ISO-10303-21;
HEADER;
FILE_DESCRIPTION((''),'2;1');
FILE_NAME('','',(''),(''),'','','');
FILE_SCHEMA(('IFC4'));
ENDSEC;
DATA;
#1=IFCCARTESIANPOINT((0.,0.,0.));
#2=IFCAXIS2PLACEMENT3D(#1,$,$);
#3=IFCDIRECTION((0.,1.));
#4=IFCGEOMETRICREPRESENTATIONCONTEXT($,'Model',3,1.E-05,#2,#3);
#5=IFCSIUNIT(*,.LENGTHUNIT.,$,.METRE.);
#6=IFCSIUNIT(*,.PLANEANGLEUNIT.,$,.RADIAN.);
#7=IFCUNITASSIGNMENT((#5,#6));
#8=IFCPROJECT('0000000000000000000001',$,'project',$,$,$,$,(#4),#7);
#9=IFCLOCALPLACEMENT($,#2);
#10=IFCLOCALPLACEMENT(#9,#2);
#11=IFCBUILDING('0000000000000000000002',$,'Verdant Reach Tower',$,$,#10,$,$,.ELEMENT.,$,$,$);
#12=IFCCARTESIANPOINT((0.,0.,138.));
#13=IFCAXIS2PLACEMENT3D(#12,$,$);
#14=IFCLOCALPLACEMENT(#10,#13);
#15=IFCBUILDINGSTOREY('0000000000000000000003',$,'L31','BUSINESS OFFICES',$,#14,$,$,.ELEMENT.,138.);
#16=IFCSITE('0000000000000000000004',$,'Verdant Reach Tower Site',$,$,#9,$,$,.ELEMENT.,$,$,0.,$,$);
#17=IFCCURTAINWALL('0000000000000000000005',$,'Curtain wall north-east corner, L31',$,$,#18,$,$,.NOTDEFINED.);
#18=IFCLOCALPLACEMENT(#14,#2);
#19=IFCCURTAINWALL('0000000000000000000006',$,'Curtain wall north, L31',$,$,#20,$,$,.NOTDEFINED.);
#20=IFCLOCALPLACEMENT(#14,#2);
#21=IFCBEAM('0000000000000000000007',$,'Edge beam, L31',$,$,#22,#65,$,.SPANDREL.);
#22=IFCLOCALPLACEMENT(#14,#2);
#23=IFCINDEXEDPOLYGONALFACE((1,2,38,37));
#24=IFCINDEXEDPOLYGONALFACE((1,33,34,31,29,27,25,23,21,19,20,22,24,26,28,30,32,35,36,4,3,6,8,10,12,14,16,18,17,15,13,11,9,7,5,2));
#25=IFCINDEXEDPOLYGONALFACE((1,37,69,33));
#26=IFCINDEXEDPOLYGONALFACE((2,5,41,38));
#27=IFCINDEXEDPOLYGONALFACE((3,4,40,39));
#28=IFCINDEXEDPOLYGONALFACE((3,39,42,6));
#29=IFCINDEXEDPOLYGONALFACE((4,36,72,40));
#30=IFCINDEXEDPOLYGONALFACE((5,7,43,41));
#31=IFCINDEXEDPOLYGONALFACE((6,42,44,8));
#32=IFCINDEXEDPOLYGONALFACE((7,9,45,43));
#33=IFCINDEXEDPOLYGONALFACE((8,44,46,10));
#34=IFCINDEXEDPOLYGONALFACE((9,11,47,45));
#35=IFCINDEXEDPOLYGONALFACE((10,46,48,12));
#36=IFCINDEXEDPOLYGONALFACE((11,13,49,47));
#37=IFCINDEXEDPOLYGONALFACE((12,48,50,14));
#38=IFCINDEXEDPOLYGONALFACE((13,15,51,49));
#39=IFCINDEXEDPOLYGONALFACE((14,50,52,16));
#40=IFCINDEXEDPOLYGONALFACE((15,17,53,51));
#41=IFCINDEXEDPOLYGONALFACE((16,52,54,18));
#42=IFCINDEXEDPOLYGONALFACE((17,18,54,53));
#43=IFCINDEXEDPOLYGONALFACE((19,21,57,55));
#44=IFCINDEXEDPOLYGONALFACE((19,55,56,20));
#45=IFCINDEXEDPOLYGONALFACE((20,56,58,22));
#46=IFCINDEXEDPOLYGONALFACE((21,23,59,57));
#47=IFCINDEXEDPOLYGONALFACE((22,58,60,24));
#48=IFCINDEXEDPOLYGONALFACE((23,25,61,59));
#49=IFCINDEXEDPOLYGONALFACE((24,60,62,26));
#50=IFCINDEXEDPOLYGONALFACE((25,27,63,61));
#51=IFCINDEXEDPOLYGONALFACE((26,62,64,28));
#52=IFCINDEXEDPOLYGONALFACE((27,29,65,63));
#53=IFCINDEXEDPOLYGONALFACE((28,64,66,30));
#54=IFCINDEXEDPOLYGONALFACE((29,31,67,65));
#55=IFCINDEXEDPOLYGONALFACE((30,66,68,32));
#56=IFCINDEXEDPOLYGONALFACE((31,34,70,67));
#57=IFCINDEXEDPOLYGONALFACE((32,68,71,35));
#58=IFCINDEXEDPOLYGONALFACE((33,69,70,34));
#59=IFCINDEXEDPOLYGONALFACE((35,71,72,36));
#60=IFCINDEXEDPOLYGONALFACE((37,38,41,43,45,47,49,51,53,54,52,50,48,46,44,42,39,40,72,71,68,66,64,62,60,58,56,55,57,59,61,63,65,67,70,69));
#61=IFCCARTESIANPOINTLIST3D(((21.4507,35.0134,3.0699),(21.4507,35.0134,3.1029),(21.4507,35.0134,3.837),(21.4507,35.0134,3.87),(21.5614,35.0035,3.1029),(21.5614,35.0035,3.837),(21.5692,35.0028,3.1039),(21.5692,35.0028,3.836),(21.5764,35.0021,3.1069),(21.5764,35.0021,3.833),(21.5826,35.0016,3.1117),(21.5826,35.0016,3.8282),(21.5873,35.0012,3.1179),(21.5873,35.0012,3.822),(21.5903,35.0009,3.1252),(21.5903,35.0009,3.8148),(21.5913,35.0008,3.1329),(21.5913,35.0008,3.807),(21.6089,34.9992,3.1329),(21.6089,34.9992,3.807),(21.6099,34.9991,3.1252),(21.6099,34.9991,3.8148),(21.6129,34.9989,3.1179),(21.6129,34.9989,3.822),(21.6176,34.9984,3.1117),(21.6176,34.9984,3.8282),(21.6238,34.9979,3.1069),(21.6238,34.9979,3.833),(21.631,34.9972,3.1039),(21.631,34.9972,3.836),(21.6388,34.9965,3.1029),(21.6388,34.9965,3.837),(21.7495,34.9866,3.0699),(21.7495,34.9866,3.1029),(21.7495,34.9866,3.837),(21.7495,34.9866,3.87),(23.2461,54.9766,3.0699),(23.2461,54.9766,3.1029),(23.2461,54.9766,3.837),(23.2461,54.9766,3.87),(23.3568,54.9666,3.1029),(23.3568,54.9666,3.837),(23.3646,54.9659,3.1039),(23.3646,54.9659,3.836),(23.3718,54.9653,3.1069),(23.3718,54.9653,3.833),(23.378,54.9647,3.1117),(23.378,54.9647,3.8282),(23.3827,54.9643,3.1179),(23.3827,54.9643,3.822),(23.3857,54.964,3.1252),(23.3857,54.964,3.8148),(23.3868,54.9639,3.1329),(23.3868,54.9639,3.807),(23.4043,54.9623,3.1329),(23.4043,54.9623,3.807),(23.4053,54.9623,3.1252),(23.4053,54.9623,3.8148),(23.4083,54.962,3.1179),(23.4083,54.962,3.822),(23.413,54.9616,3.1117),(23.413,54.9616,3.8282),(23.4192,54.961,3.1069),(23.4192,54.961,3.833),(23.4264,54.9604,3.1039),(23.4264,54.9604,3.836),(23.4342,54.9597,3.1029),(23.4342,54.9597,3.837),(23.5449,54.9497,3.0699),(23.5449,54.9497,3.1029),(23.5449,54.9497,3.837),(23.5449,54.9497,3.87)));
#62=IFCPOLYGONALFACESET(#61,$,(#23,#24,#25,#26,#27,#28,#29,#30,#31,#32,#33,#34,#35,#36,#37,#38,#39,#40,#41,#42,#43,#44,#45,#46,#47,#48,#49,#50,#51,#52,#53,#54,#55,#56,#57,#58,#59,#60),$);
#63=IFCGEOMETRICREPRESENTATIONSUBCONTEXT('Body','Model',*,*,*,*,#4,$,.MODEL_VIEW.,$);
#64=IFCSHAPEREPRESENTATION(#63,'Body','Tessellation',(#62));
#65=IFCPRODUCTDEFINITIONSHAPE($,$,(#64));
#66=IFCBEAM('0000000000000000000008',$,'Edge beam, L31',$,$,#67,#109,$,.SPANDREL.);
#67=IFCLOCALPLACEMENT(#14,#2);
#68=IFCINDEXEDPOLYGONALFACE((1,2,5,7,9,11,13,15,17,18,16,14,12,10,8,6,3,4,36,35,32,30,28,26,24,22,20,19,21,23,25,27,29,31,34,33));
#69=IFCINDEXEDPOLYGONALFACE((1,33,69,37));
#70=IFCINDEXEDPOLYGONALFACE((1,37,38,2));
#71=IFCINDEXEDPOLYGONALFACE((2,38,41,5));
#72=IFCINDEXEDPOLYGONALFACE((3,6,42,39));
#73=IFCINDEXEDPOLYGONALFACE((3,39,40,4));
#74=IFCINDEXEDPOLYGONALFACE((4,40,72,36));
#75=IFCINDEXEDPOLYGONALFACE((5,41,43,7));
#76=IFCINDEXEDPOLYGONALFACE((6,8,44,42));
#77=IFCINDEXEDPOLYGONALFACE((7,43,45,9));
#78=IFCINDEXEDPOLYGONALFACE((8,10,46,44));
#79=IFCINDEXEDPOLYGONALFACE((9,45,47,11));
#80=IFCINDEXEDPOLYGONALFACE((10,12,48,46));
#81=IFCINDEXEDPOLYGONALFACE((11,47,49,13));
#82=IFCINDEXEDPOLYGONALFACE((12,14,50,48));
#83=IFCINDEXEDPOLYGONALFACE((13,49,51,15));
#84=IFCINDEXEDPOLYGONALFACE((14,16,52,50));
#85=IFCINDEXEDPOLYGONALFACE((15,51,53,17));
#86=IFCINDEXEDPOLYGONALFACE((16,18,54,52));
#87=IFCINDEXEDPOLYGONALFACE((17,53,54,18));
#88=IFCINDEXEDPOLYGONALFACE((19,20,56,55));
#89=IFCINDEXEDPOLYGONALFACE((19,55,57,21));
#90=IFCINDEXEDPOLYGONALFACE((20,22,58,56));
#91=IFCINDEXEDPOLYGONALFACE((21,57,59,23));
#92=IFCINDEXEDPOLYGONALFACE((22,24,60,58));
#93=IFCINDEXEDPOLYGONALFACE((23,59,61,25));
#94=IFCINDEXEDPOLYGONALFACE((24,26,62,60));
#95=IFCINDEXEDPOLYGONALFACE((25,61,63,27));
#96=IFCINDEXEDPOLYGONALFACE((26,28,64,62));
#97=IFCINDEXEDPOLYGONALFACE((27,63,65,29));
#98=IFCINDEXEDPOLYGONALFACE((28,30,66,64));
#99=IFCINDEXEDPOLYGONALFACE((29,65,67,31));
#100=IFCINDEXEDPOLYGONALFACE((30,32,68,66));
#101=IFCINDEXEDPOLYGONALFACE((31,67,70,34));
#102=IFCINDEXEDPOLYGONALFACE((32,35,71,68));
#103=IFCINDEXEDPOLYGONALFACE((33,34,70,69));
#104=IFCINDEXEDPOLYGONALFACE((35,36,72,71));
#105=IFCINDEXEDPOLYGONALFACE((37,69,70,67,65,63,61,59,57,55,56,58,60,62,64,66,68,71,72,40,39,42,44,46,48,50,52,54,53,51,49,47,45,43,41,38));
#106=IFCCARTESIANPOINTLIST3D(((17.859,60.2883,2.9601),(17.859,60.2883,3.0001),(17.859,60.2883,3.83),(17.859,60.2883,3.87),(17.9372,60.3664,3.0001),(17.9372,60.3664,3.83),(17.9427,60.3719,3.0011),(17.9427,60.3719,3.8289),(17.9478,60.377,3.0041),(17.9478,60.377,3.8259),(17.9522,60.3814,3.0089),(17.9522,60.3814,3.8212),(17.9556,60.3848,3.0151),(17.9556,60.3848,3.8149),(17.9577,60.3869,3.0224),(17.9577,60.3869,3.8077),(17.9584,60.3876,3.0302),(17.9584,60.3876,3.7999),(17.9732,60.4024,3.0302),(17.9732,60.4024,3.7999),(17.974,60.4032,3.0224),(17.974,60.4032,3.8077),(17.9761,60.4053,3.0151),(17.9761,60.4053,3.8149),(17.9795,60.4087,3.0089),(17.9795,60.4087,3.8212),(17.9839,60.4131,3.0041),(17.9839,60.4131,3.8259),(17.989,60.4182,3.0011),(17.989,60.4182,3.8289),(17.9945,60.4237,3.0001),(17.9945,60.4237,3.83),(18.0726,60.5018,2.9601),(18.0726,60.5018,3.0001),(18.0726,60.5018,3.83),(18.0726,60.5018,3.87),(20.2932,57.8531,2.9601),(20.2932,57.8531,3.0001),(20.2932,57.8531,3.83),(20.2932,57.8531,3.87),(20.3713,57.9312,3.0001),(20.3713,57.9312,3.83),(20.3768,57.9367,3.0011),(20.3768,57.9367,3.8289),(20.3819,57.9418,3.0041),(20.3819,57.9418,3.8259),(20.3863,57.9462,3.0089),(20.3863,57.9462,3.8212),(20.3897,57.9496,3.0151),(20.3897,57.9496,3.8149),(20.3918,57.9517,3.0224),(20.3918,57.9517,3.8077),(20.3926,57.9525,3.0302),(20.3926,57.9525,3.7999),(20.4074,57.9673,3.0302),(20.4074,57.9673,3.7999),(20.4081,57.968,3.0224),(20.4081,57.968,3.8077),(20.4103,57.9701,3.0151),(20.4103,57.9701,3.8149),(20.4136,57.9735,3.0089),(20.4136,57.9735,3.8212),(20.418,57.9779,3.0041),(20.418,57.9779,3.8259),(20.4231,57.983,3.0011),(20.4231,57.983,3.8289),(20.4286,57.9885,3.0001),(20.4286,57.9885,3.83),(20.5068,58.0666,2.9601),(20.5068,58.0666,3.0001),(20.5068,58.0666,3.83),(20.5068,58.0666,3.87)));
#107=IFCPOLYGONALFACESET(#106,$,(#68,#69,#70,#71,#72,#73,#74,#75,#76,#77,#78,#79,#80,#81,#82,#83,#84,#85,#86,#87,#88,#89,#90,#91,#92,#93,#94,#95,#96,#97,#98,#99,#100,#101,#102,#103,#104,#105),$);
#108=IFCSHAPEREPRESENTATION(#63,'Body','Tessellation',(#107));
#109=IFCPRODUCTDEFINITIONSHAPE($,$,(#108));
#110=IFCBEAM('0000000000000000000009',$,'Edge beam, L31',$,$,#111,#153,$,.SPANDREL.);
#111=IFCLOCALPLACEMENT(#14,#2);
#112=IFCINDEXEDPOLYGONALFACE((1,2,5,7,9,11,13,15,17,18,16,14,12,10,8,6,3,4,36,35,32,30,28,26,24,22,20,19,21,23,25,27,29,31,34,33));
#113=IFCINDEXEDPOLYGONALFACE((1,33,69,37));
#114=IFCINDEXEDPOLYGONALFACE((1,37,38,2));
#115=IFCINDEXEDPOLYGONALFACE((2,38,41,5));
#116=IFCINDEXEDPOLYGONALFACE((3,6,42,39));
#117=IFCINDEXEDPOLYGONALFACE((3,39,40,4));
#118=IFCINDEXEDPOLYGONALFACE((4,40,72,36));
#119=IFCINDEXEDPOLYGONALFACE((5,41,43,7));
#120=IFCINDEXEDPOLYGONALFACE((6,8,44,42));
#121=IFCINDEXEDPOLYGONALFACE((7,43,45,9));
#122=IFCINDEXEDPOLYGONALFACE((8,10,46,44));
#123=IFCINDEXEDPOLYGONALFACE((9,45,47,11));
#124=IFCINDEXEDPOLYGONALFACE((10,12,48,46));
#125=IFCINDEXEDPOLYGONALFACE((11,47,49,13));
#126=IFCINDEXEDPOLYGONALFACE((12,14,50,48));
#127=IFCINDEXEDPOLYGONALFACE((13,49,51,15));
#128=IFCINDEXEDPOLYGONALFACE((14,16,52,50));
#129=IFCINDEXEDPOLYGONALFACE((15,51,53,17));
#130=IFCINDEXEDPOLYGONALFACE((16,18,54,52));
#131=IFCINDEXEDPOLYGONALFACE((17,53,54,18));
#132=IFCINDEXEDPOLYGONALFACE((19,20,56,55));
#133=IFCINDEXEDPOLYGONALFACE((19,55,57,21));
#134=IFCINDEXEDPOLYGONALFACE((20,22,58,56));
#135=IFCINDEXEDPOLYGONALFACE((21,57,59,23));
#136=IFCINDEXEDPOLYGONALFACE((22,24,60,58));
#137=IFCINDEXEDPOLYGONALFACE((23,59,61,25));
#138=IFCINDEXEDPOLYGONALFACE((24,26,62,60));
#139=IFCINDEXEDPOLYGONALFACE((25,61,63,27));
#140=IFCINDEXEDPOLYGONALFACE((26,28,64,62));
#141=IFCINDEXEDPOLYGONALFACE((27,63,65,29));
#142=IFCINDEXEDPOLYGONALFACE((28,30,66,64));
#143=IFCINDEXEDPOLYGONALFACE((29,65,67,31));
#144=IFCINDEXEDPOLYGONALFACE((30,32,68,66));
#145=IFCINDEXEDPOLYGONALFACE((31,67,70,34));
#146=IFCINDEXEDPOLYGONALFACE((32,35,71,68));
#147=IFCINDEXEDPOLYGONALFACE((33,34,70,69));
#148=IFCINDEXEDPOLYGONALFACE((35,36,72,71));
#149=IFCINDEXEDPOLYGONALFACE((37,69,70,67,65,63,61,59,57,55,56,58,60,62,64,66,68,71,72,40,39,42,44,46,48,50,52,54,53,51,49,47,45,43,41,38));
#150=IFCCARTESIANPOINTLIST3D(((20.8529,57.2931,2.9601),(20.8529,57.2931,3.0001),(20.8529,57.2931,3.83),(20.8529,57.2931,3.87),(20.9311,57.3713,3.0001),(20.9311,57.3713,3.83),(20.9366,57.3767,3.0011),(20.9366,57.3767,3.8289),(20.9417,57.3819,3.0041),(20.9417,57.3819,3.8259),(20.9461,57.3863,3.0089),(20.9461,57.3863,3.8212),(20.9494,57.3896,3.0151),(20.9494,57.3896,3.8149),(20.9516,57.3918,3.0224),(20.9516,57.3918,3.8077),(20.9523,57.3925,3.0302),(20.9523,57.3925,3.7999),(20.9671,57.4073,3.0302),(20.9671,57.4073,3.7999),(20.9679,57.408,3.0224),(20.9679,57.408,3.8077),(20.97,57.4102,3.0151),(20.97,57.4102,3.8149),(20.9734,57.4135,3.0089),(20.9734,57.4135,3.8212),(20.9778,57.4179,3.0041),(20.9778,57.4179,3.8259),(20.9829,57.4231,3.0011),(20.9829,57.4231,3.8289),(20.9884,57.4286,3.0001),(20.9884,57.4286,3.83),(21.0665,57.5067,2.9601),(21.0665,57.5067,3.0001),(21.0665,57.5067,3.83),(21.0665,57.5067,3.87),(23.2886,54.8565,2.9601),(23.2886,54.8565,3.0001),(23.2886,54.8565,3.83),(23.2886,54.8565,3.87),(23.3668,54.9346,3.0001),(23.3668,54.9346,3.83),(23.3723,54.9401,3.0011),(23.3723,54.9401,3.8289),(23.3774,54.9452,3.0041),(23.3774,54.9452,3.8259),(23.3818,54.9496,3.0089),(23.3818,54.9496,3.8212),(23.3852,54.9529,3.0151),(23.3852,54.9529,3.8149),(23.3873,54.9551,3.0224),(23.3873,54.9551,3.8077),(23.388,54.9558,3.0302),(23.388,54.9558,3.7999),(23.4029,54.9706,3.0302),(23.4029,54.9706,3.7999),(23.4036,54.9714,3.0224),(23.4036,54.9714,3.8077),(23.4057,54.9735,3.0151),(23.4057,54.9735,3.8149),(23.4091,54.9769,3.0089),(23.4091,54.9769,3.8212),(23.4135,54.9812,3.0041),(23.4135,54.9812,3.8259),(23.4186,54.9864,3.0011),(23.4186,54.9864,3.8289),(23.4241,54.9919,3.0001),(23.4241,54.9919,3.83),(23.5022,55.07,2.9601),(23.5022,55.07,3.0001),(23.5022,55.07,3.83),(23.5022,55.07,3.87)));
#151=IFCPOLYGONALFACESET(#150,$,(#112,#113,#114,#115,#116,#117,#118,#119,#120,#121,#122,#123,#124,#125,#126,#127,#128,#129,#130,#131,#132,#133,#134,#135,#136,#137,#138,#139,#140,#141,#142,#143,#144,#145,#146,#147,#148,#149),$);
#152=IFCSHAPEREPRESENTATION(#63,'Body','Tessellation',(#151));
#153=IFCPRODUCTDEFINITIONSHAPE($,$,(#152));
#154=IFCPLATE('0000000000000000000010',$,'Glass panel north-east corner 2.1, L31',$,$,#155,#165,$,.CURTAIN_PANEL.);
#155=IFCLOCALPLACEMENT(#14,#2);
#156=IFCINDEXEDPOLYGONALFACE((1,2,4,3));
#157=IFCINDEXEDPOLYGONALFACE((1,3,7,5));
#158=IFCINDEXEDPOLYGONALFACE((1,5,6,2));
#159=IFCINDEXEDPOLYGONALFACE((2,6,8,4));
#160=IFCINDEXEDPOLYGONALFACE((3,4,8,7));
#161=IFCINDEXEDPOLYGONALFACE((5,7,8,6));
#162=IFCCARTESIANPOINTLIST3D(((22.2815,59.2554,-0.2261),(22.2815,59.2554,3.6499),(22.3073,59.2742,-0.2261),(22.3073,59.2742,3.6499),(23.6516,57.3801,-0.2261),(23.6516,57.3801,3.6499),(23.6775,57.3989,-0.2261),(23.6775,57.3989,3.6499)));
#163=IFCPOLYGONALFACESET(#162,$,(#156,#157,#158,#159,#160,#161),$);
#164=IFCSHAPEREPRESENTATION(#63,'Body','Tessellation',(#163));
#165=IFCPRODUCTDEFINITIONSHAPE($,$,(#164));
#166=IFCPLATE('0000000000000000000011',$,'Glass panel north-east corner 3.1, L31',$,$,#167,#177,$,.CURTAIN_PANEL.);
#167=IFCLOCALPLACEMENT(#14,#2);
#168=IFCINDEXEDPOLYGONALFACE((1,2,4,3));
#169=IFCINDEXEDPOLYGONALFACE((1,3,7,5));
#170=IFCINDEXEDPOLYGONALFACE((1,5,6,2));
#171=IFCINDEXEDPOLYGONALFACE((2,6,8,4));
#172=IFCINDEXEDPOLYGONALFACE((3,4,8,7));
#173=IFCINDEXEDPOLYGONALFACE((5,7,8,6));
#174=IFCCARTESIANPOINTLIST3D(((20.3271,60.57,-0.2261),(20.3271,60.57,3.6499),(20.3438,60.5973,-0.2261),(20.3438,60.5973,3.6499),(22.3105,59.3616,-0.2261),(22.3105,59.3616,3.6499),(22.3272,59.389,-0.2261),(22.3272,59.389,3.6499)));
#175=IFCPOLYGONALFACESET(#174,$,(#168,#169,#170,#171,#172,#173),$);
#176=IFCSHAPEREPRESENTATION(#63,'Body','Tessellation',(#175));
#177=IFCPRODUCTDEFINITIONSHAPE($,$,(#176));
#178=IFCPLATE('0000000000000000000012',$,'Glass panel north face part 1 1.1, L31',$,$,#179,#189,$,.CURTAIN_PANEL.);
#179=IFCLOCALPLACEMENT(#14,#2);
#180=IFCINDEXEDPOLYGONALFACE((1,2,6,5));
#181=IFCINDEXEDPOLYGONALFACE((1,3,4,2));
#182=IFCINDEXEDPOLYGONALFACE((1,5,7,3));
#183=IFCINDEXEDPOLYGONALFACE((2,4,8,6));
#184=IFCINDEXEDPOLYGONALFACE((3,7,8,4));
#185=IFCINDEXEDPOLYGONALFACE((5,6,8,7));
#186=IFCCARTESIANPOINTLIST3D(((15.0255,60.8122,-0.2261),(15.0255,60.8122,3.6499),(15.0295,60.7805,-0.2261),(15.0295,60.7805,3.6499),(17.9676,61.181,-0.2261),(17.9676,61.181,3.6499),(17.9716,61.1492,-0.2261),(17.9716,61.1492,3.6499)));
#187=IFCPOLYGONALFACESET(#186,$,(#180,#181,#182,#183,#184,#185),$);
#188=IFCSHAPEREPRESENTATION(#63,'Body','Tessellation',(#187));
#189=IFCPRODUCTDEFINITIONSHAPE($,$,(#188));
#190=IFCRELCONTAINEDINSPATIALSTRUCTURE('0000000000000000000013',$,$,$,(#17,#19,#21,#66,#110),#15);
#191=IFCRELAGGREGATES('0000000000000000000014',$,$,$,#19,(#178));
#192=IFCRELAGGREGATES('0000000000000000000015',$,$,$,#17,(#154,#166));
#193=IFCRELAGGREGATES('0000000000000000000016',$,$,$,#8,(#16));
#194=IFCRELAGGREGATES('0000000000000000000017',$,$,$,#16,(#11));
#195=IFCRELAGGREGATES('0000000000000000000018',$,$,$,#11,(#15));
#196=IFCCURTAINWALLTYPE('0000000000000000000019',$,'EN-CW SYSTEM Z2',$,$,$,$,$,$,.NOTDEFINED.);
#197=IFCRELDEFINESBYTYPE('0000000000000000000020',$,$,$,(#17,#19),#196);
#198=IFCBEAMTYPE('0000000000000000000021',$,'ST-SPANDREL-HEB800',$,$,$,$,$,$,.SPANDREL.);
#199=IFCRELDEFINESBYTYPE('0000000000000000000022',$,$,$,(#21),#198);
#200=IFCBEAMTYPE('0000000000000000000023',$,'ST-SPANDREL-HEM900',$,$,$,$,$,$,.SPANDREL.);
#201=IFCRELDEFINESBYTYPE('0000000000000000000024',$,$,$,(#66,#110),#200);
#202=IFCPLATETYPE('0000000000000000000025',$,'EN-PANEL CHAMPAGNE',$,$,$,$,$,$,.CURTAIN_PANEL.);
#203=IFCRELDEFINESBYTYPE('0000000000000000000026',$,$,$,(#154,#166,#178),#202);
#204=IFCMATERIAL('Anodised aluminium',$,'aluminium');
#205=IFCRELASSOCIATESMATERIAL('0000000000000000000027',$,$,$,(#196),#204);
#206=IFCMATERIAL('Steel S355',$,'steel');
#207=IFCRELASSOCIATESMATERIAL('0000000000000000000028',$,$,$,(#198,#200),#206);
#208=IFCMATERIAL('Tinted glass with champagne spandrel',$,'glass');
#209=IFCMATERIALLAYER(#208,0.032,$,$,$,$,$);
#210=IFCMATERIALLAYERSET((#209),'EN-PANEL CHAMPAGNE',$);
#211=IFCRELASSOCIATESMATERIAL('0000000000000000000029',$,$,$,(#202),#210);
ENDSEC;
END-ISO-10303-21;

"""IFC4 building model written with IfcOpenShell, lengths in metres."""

from ifc_helpers import new_model, si_unit, direction, frame, origin, origin_2d, place, context, subcontext, project, spatial, rectangle, i_section, extrude, material, layer, layer_set, material_profile, profile_set, type_object, element, aggregate, save


model = new_model("IFC4")

# Units and contexts
model_context = context("Model", 3, precision=1e-05, world=origin(), true_north=direction((0.0, 1.0)))
body_context = subcontext(model_context, "Body", "Model", "MODEL_VIEW")
ifc_project = project(units=[si_unit("LENGTHUNIT", "METRE"), si_unit("PLANEANGLEUNIT", "RADIAN")], contexts=[model_context])

# Site, building, storey
site_placement = place(None, origin())
site = spatial("IfcSite", under=ifc_project, at=site_placement, Name="Verdant Reach Tower Site", CompositionType="ELEMENT", RefElevation=0.0)
building_placement = place(site_placement, origin())
building = spatial("IfcBuilding", under=site, at=building_placement, Name="Verdant Reach Tower", CompositionType="ELEMENT")
storey_placement = place(building_placement, frame((0.0, 0.0, 138.0)))
storey = spatial("IfcBuildingStorey", under=building, at=storey_placement, Name="L31", Description="BUSINESS OFFICES", CompositionType="ELEMENT", Elevation=138.0)

# Shared definitions
ifc_material_1 = material(Name="Anodised aluminium", Category="aluminium")
curtain_wall_type = type_object("IfcCurtainWallType", Name="EN-CW SYSTEM Z2", PredefinedType="NOTDEFINED", material=ifc_material_1)

# Curtain walls
curtain_wall_1_placement = place(storey_placement, origin())
curtain_wall_1 = element("IfcCurtainWall", 1, at=curtain_wall_1_placement, inside=storey, type_object=curtain_wall_type, Name="Curtain wall north-east corner, L31", PredefinedType="NOTDEFINED")
curtain_wall_2_placement = place(storey_placement, origin())
curtain_wall_2 = element("IfcCurtainWall", 2, at=curtain_wall_2_placement, inside=storey, type_object=curtain_wall_type, Name="Curtain wall north, L31", PredefinedType="NOTDEFINED")

# Beams
ifc_material_2 = material(Name="Steel S355", Category="steel")
ifc_material_profile_1 = material_profile(ifc_material_2, i_section(OverallWidth=0.3, OverallDepth=0.8, WebThickness=0.0176, FlangeThickness=0.033, FilletRadius=0.03, at=origin_2d()), Name="HEB 800")
ifc_profile_set_1 = profile_set([ifc_material_profile_1], Name="Steel S355")
beam_type_1 = type_object("IfcBeamType", Name="ST-SPANDREL-HEB800", PredefinedType="SPANDREL", material=ifc_profile_set_1)
beam_1_placement = place(storey_placement, frame((23.3955, 54.9631, 3.47), z_axis=(-0.089575, -0.99598, 0.0), x_axis=(0.99598, -0.089575, 0.0)))
element("IfcBeam", 3, at=beam_1_placement, inside=storey, type_object=beam_type_1, Name="Edge beam, L31", PredefinedType="SPANDREL", context=body_context, shape_type="SweptSolid", body=[
    extrude(i_section(OverallWidth=0.3, OverallDepth=0.8, WebThickness=0.0176, FlangeThickness=0.033, FilletRadius=0.03, at=origin_2d()), origin(), (0.0, 0.0, 1.0), 20.0437),
])
ifc_material_profile_2 = material_profile(ifc_material_2, i_section(OverallWidth=0.302, OverallDepth=0.9099, WebThickness=0.021, FlangeThickness=0.04, FilletRadius=0.03, at=origin_2d()), Name="HEM 900")
ifc_profile_set_2 = profile_set([ifc_material_profile_2], Name="Steel S355")
beam_type_2 = type_object("IfcBeamType", Name="ST-SPANDREL-HEM900", PredefinedType="SPANDREL", material=ifc_profile_set_2)
beam_2_placement = place(storey_placement, frame((17.9658, 60.395, 3.415), z_axis=(0.706965, -0.707249, 0.0), x_axis=(0.707249, 0.706965, 0.0)))
element("IfcBeam", 4, at=beam_2_placement, inside=storey, type_object=beam_type_2, Name="Edge beam, L31", PredefinedType="SPANDREL", context=body_context, shape_type="SweptSolid", body=[
    extrude(i_section(OverallWidth=0.302, OverallDepth=0.9099, WebThickness=0.021, FlangeThickness=0.04, FilletRadius=0.03, at=origin_2d()), origin(), (0.0, 0.0, 1.0), 3.4431),
])
beam_3_placement = place(storey_placement, frame((20.9597, 57.3999, 3.415), z_axis=(0.706965, -0.707248, 0.0), x_axis=(0.707248, 0.706965, 0.0)))
element("IfcBeam", 5, at=beam_3_placement, inside=storey, type_object=beam_type_2, Name="Edge beam, L31", PredefinedType="SPANDREL", context=body_context, shape_type="SweptSolid", body=[
    extrude(i_section(OverallWidth=0.302, OverallDepth=0.9099, WebThickness=0.021, FlangeThickness=0.04, FilletRadius=0.03, at=origin_2d()), origin(), (0.0, 0.0, 1.0), 3.4453),
])

# Plates
ifc_material_3 = material(Name="Tinted glass with champagne spandrel", Category="glass")
ifc_layer_1 = layer(ifc_material_3, 0.032)
ifc_layer_set_1 = layer_set([ifc_layer_1], Name="EN-PANEL CHAMPAGNE")
plate_type_1 = type_object("IfcPlateType", Name="EN-PANEL CHAMPAGNE", PredefinedType="CURTAIN_PANEL", material=ifc_layer_set_1)
plate_1_placement = place(storey_placement, frame((22.9795, 58.3271, -0.2261), z_axis=(0.0, 0.0, 1.0), x_axis=(-0.589927, 0.807457, 0.0)))
plate_1 = element("IfcPlate", 6, at=plate_1_placement, type_object=plate_type_1, Name="Glass panel north-east corner 2.1, L31", PredefinedType="CURTAIN_PANEL", context=body_context, shape_type="SweptSolid", body=[
    extrude(rectangle(XDim=2.3225, YDim=0.032, at=origin_2d()), origin(), (0.0, 0.0, 1.0), 3.876),
])
plate_2_placement = place(storey_placement, frame((21.3271, 59.9795, -0.2261), z_axis=(0.0, 0.0, 1.0), x_axis=(-0.853989, 0.520292, 0.0)))
plate_2 = element("IfcPlate", 7, at=plate_2_placement, type_object=plate_type_1, Name="Glass panel north-east corner 3.1, L31", PredefinedType="CURTAIN_PANEL", context=body_context, shape_type="SweptSolid", body=[
    extrude(rectangle(XDim=2.3225, YDim=0.032, at=origin_2d()), origin(), (0.0, 0.0, 1.0), 3.876),
])
plate_3_placement = place(storey_placement, frame((16.4985, 60.9807, -0.2261), z_axis=(0.0, 0.0, 1.0), x_axis=(-0.992237, -0.124365, 0.0)))
plate_3 = element("IfcPlate", 8, at=plate_3_placement, type_object=plate_type_1, Name="Glass panel north face part 1 1.1, L31", PredefinedType="CURTAIN_PANEL", context=body_context, shape_type="SweptSolid", body=[
    extrude(rectangle(XDim=2.9651, YDim=0.032, at=origin_2d()), origin(), (0.0, 0.0, 1.0), 3.876),
])
aggregate(curtain_wall_2, [plate_3])
aggregate(curtain_wall_1, [plate_1, plate_2])

save(model, "model.ifc")
